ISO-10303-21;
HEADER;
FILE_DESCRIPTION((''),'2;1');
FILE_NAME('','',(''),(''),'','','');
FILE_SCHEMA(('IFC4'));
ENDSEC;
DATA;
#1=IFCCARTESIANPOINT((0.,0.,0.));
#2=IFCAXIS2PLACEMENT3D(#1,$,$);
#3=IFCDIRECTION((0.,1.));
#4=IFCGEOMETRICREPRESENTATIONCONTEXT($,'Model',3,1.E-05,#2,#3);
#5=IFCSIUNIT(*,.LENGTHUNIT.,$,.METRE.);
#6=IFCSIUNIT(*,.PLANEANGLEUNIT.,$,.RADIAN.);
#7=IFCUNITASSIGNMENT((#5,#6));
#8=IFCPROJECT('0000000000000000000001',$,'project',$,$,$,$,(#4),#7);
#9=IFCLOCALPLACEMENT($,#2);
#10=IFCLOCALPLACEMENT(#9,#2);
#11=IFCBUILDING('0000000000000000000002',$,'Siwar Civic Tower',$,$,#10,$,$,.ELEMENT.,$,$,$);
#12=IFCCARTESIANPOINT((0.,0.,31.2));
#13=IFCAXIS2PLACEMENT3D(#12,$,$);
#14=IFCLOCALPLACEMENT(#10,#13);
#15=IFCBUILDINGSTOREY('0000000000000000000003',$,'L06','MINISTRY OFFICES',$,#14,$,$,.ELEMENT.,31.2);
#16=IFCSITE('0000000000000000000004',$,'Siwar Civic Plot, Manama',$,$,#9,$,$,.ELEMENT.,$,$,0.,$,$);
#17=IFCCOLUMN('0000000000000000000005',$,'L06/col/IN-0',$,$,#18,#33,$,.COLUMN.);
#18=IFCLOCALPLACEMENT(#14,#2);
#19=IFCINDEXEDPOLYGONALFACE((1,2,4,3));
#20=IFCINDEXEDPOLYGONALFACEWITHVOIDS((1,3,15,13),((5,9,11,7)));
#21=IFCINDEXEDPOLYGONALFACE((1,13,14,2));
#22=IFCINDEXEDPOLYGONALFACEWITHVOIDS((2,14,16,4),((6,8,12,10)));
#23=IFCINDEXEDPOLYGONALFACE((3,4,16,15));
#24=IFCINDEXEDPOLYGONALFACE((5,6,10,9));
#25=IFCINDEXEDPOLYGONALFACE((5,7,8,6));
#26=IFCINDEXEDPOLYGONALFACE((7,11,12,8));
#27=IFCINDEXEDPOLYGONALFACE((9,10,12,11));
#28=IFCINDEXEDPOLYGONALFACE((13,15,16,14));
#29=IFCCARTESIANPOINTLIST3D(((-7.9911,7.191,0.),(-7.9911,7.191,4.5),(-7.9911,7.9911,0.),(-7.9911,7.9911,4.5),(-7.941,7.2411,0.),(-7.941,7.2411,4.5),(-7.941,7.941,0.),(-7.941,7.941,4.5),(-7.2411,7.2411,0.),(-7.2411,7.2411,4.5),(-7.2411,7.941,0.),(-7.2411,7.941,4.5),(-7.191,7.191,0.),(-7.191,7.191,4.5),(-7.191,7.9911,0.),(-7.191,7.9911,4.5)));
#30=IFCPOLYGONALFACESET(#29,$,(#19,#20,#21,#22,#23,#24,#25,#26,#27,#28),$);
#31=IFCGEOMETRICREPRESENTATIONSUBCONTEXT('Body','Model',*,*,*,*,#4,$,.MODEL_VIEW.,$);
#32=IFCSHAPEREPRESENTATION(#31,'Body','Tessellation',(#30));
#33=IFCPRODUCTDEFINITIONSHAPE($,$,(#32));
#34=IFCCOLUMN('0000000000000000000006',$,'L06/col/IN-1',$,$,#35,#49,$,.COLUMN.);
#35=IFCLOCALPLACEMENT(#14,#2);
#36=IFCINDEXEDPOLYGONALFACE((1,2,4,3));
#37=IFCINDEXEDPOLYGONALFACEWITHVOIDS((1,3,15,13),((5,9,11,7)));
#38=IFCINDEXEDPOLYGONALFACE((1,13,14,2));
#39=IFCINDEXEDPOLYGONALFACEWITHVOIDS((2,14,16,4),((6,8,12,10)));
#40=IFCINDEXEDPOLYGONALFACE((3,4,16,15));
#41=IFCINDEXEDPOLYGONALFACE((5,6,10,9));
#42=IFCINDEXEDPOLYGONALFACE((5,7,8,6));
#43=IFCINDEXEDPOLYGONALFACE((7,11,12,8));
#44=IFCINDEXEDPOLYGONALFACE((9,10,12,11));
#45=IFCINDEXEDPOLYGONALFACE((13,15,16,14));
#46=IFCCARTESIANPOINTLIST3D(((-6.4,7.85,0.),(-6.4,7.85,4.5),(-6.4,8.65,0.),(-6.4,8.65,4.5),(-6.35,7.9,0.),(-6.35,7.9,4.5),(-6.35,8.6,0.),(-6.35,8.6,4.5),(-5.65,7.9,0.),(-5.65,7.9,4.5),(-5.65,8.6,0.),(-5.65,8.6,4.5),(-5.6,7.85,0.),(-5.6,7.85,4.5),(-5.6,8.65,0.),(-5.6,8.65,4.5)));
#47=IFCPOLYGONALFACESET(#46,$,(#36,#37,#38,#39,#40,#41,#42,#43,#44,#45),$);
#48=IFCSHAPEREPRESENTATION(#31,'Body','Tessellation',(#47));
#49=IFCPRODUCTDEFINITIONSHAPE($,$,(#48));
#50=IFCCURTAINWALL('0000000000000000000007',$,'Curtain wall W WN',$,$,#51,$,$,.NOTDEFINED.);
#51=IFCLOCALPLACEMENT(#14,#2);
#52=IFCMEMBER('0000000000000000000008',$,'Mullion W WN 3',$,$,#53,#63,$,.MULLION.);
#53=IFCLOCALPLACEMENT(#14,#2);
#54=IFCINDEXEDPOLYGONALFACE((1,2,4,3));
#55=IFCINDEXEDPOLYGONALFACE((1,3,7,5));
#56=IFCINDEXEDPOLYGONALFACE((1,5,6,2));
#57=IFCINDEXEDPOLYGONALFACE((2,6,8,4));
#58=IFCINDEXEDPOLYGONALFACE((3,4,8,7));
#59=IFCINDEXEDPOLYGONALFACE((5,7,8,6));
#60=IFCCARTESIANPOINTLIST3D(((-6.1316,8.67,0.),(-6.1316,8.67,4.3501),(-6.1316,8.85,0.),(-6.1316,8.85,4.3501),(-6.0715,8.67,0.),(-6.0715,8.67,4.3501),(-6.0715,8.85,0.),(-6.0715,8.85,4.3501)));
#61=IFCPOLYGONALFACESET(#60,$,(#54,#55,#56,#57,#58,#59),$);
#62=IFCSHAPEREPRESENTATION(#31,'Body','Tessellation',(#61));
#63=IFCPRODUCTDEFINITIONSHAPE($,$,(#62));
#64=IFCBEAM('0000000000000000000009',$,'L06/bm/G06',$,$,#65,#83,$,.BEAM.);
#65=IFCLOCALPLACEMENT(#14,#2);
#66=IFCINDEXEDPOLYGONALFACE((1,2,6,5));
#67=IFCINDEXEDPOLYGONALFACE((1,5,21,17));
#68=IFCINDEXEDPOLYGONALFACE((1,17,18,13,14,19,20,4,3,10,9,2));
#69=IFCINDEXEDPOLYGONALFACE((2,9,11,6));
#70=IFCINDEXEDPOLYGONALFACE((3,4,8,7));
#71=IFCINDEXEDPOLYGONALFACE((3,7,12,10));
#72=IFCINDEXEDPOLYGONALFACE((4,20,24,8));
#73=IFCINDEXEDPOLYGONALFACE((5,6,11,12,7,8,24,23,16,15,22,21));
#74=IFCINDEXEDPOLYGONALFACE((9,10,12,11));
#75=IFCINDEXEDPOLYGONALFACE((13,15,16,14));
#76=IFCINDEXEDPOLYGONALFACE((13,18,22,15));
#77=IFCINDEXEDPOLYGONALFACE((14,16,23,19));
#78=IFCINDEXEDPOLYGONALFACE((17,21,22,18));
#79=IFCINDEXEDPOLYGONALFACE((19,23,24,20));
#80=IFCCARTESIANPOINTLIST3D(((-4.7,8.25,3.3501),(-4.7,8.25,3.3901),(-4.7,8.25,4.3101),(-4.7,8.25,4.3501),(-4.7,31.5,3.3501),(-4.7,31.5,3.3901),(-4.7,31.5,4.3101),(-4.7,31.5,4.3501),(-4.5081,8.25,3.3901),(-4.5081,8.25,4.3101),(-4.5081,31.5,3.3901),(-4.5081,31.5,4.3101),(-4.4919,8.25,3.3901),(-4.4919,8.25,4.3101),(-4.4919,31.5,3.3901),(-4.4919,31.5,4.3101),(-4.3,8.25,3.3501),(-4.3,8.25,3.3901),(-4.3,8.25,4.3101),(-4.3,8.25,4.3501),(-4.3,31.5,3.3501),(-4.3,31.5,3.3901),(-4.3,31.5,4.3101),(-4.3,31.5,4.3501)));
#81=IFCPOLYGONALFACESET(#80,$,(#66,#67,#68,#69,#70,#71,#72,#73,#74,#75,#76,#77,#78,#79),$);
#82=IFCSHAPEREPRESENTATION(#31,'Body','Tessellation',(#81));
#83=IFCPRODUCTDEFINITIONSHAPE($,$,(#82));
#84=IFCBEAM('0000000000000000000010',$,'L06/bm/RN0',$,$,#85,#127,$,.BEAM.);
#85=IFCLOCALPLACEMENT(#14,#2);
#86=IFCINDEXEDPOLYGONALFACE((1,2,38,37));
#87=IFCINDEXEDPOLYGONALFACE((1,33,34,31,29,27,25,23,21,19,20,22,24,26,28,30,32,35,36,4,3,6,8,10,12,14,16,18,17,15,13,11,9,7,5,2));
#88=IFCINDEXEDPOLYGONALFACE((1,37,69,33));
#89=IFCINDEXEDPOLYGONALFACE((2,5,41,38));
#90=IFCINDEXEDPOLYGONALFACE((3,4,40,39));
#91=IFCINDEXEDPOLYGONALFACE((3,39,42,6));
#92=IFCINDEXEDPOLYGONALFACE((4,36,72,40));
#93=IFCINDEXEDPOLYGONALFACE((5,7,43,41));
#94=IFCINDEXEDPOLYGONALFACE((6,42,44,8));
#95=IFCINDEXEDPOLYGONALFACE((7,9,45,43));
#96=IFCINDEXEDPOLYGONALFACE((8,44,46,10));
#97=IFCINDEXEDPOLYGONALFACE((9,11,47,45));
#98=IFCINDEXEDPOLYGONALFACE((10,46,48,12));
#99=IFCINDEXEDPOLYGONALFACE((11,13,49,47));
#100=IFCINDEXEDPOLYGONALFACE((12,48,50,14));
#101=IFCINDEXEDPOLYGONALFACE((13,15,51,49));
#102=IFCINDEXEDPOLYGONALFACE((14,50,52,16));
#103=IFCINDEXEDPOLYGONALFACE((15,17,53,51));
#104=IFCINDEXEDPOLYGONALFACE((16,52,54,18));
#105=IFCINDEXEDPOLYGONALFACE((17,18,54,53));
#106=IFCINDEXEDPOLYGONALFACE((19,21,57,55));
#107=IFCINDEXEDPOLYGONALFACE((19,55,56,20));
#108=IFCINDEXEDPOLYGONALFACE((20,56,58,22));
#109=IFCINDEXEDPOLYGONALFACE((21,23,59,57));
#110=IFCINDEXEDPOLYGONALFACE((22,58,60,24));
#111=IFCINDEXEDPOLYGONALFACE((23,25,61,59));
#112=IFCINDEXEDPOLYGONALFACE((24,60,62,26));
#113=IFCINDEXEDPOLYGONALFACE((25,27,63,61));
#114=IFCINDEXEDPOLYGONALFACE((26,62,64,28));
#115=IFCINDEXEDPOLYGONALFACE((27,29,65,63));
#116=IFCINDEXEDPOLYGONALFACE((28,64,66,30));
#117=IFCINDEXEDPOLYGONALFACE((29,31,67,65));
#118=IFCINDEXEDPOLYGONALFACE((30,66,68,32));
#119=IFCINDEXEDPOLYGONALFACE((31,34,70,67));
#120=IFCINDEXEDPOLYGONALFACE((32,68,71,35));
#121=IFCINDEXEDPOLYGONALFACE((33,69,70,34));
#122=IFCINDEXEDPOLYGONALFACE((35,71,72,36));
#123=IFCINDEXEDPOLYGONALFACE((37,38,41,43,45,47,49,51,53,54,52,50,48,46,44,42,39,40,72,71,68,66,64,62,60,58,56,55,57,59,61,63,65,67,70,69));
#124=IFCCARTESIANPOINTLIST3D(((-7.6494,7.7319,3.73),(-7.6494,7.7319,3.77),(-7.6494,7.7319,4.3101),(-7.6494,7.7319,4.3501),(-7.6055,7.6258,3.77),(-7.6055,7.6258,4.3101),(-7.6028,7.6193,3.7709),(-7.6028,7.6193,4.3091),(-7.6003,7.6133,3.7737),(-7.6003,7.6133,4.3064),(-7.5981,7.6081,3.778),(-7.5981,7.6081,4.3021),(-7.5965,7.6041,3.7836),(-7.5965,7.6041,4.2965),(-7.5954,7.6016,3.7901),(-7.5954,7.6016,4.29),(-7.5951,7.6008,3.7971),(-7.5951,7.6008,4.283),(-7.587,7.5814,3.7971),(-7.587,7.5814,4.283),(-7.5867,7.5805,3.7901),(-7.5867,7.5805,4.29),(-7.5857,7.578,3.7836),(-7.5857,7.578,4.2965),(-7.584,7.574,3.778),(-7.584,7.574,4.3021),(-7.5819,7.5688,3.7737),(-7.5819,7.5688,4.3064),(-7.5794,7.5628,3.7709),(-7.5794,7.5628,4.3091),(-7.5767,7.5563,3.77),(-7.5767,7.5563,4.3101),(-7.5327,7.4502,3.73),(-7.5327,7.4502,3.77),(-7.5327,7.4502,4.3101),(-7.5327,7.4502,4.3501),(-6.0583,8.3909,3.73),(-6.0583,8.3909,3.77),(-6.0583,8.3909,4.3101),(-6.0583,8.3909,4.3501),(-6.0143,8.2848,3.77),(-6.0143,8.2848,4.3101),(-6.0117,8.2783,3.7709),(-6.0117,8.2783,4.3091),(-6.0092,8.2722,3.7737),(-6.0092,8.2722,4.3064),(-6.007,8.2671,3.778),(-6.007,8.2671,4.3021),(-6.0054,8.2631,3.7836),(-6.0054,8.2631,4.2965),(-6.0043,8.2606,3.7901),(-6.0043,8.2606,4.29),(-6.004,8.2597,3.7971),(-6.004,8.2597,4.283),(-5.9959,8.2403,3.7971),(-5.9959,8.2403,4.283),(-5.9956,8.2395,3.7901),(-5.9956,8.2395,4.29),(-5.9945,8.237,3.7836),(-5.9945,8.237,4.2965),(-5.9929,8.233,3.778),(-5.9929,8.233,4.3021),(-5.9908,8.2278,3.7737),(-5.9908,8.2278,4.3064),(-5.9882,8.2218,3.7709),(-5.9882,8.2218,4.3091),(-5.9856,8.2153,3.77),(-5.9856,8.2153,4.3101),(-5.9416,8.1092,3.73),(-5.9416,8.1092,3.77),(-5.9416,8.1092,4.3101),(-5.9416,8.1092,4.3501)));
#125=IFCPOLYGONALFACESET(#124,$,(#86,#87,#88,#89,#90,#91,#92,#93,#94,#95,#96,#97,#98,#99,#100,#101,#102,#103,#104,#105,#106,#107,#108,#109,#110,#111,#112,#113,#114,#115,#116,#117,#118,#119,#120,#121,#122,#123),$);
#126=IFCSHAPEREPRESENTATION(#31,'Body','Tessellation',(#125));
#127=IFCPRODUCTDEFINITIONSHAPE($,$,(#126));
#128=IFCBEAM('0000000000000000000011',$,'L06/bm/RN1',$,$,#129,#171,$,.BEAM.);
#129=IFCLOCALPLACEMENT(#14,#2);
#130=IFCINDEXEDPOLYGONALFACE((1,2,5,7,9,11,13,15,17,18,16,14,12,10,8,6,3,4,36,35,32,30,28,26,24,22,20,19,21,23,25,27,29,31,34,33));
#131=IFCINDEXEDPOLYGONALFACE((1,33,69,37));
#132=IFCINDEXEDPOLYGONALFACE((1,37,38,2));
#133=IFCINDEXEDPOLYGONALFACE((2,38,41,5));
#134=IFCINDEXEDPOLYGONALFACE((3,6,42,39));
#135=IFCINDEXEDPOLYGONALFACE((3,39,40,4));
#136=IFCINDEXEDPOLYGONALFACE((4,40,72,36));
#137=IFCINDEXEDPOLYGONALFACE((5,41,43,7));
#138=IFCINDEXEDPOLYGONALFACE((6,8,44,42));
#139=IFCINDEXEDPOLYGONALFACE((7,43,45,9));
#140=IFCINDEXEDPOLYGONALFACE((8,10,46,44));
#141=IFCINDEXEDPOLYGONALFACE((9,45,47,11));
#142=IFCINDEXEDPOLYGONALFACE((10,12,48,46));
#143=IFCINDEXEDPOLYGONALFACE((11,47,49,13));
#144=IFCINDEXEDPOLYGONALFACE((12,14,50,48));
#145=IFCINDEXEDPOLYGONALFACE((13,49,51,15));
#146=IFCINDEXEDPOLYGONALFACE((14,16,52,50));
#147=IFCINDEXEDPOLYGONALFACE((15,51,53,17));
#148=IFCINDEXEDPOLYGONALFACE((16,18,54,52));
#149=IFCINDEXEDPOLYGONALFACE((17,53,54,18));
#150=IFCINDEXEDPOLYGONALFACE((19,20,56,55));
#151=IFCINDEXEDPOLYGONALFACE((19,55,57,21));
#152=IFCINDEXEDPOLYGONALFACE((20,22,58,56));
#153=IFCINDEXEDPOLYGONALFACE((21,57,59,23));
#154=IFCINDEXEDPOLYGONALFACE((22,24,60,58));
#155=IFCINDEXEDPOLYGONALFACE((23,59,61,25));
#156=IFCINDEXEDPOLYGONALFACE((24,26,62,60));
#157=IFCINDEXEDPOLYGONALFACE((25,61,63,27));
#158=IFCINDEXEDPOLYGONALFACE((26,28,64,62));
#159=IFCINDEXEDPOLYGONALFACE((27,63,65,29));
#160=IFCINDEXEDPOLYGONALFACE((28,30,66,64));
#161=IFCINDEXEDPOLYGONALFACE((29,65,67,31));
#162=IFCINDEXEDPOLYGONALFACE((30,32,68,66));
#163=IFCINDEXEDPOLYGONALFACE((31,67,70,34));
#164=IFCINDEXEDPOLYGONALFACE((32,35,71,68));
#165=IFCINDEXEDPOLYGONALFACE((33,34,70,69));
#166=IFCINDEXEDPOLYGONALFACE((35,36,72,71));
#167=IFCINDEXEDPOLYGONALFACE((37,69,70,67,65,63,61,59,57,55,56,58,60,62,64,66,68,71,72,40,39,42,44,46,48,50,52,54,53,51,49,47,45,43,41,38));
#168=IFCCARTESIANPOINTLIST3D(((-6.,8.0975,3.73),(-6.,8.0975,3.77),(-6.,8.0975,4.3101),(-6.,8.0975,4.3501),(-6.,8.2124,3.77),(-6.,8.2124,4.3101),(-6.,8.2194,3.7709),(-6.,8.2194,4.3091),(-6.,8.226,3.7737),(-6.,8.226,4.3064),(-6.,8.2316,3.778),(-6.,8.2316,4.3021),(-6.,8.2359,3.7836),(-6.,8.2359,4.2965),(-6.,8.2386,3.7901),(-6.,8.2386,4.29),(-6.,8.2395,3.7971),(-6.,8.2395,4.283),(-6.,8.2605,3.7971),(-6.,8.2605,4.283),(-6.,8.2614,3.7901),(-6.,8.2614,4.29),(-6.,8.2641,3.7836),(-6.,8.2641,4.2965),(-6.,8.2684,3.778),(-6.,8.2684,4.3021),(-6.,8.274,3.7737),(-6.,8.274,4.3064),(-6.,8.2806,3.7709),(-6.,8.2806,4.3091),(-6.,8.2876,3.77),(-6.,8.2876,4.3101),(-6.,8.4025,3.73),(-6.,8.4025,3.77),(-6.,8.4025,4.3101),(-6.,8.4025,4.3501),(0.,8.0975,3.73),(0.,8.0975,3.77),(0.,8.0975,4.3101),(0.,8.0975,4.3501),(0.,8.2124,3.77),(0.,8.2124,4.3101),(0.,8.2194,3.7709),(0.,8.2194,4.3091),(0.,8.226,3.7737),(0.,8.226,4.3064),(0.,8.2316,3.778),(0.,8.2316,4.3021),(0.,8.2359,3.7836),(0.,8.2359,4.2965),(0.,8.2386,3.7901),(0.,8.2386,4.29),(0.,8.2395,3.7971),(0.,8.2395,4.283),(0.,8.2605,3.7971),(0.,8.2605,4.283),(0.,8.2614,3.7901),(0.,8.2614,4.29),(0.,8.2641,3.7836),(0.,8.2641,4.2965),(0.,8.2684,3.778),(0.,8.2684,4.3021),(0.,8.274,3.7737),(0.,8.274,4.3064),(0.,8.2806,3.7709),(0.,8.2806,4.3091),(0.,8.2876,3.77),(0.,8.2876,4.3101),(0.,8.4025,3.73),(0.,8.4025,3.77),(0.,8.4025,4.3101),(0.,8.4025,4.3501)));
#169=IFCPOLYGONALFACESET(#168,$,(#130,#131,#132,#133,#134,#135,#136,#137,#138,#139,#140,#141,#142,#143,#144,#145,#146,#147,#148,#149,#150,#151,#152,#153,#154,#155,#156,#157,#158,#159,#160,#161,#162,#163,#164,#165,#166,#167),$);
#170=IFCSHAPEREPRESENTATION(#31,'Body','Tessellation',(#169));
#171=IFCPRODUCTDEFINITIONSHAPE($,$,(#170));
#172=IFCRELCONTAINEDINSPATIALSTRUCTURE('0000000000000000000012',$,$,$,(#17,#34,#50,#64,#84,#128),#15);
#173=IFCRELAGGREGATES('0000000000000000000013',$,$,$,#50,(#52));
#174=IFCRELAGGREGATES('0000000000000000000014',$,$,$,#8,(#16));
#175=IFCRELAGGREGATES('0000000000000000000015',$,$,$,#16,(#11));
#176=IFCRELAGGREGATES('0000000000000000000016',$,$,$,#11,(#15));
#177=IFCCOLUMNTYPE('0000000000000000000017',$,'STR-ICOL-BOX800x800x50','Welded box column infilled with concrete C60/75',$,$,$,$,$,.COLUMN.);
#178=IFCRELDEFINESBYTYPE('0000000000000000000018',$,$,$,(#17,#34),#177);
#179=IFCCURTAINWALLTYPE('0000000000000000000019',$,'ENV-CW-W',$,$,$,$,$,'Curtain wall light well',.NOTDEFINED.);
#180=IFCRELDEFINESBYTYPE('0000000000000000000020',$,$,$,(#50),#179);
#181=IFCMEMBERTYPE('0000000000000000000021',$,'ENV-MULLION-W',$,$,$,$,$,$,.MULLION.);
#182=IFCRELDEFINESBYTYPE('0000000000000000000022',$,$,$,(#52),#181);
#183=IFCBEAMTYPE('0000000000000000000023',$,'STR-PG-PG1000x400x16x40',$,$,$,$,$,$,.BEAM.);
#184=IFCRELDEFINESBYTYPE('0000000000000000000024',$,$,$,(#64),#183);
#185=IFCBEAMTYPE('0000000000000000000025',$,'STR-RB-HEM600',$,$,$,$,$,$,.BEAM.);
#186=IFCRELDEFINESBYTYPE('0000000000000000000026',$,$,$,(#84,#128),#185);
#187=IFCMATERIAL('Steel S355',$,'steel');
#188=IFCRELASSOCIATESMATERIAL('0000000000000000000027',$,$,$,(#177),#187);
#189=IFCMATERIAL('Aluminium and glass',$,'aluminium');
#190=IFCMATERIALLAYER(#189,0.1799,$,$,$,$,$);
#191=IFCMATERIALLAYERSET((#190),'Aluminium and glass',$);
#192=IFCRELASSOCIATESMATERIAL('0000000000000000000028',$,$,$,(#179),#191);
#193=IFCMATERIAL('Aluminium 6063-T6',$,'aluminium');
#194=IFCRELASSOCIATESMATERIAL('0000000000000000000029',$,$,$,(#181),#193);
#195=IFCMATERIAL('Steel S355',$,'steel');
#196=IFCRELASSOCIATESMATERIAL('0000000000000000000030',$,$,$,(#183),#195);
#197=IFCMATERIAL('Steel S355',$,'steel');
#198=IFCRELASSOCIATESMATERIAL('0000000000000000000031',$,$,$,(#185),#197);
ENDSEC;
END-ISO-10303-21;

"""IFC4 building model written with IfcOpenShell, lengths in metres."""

from ifc_helpers import new_model, si_unit, direction, frame, origin, origin_2d, place, context, subcontext, project, spatial, rectangle, hollow_rectangle, i_section, extrude, material, layer, layer_set, material_profile, profile_set, type_object, element, aggregate, save


model = new_model("IFC4")

# Units and contexts
model_context = context("Model", 3, precision=1e-05, world=origin(), true_north=direction((0.0, 1.0)))
body_context = subcontext(model_context, "Body", "Model", "MODEL_VIEW")
ifc_project = project(units=[si_unit("LENGTHUNIT", "METRE"), si_unit("PLANEANGLEUNIT", "RADIAN")], contexts=[model_context])

# Site, building, storey
site_placement = place(None, origin())
site = spatial("IfcSite", under=ifc_project, at=site_placement, Name="Siwar Civic Plot, Manama", CompositionType="ELEMENT", RefElevation=0.0)
building_placement = place(site_placement, origin())
building = spatial("IfcBuilding", under=site, at=building_placement, Name="Siwar Civic Tower", CompositionType="ELEMENT")
storey_placement = place(building_placement, frame((0.0, 0.0, 31.2)))
storey = spatial("IfcBuildingStorey", under=building, at=storey_placement, Name="L06", Description="MINISTRY OFFICES", CompositionType="ELEMENT", Elevation=31.2)

# Columns
ifc_material_1 = material(Name="Steel S355", Category="steel")
ifc_material_profile_1 = material_profile(ifc_material_1, hollow_rectangle(XDim=0.8, YDim=0.8, WallThickness=0.05, at=origin_2d()), Name="BOX800x800x50")
ifc_profile_set_1 = profile_set([ifc_material_profile_1], Name="Steel S355")
column_type = type_object("IfcColumnType", Name="STR-ICOL-BOX800x800x50", Description="Welded box column infilled with concrete C60/75", PredefinedType="COLUMN", material=ifc_profile_set_1)
for number, where, z_axis, x_axis, name in (
    (1, (-7.5911, 7.5911, 0.0), (0.0, 0.0, 1.0), (1.0, 0.0, 0.0), "L06/col/IN-0"),
    (2, (-6.0, 8.25, 0.0), (0.0, 0.0, 1.0), (1.0, 0.0, 0.0), "L06/col/IN-1"),
):
    element("IfcColumn", number, at=place(storey_placement, frame(where, z_axis=z_axis, x_axis=x_axis)), inside=storey, type_object=column_type, Name=name, PredefinedType="COLUMN", context=body_context, shape_type="SweptSolid", body=[
        extrude(hollow_rectangle(XDim=0.8, YDim=0.8, WallThickness=0.05, at=origin_2d()), origin(), (0.0, 0.0, 1.0), 4.5),
    ])

# Curtain wall, member
ifc_material_2 = material(Name="Aluminium and glass", Category="aluminium")
ifc_layer_1 = layer(ifc_material_2, 0.1799)
ifc_layer_set_1 = layer_set([ifc_layer_1], Name="Aluminium and glass")
curtain_wall_type = type_object("IfcCurtainWallType", Name="ENV-CW-W", ElementType="Curtain wall light well", PredefinedType="NOTDEFINED", material=ifc_layer_set_1)
curtain_wall_placement = place(storey_placement, origin())
curtain_wall = element("IfcCurtainWall", 3, at=curtain_wall_placement, inside=storey, type_object=curtain_wall_type, Name="Curtain wall W WN", PredefinedType="NOTDEFINED")
ifc_material_3 = material(Name="Aluminium 6063-T6", Category="aluminium")
ifc_material_profile_2 = material_profile(ifc_material_3, rectangle(XDim=0.1799, YDim=0.0601, at=origin_2d()), Name="AL 180x60")
ifc_profile_set_2 = profile_set([ifc_material_profile_2], Name="Aluminium 6063-T6")
member_type = type_object("IfcMemberType", Name="ENV-MULLION-W", PredefinedType="MULLION", material=ifc_profile_set_2)
member_placement = place(storey_placement, frame((-6.1016, 8.76, 0.0), z_axis=(0.0, 0.0, 1.0), x_axis=(0.0, -1.0, 0.0)))
member = element("IfcMember", 4, at=member_placement, type_object=member_type, Name="Mullion W WN 3", PredefinedType="MULLION", context=body_context, shape_type="SweptSolid", body=[
    extrude(rectangle(XDim=0.1799, YDim=0.0601, at=origin_2d()), origin(), (0.0, 0.0, 1.0), 4.3501),
])
aggregate(curtain_wall, [member])

# Beams
ifc_material_4 = material(Name="Steel S355", Category="steel")
ifc_material_profile_3 = material_profile(ifc_material_4, i_section(OverallWidth=0.3999, OverallDepth=1.0, WebThickness=0.0161, FlangeThickness=0.04, at=origin_2d()), Name="PG1000x400x16x40")
ifc_profile_set_3 = profile_set([ifc_material_profile_3], Name="Steel S355")
beam_type_1 = type_object("IfcBeamType", Name="STR-PG-PG1000x400x16x40", PredefinedType="BEAM", material=ifc_profile_set_3)
beam_1_placement = place(storey_placement, frame((-4.5, 8.25, 3.8501), z_axis=(0.0, 1.0, 0.0), x_axis=(-1.0, 0.0, 0.0)))
element("IfcBeam", 5, at=beam_1_placement, inside=storey, type_object=beam_type_1, Name="L06/bm/G06", PredefinedType="BEAM", context=body_context, shape_type="SweptSolid", body=[
    extrude(i_section(OverallWidth=0.3999, OverallDepth=1.0, WebThickness=0.0161, FlangeThickness=0.04, at=origin_2d()), origin(), (0.0, 0.0, 1.0), 23.25),
])
ifc_material_5 = material(Name="Steel S355", Category="steel")
ifc_material_profile_4 = material_profile(ifc_material_5, i_section(OverallWidth=0.3049, OverallDepth=0.6201, WebThickness=0.021, FlangeThickness=0.04, FilletRadius=0.0271, at=origin_2d()), Name="HEM600")
ifc_profile_set_4 = profile_set([ifc_material_profile_4], Name="Steel S355")
beam_type_2 = type_object("IfcBeamType", Name="STR-RB-HEM600", PredefinedType="BEAM", material=ifc_profile_set_4)
beam_2_placement = place(storey_placement, frame((-7.5911, 7.5911, 4.04), z_axis=(0.923901, 0.382631, 0.0), x_axis=(-0.382631, 0.923901, 0.0)))
element("IfcBeam", 6, at=beam_2_placement, inside=storey, type_object=beam_type_2, Name="L06/bm/RN0", PredefinedType="BEAM", context=body_context, shape_type="SweptSolid", body=[
    extrude(i_section(OverallWidth=0.3049, OverallDepth=0.6201, WebThickness=0.021, FlangeThickness=0.04, FilletRadius=0.0271, at=origin_2d()), origin(), (0.0, 0.0, 1.0), 1.7222),
])
beam_3_placement = place(storey_placement, frame((-6.0, 8.25, 4.04), z_axis=(1.0, 0.0, 0.0), x_axis=(0.0, 1.0, 0.0)))
element("IfcBeam", 7, at=beam_3_placement, inside=storey, type_object=beam_type_2, Name="L06/bm/RN1", PredefinedType="BEAM", context=body_context, shape_type="SweptSolid", body=[
    extrude(i_section(OverallWidth=0.3049, OverallDepth=0.6201, WebThickness=0.021, FlangeThickness=0.04, FilletRadius=0.0271, at=origin_2d()), origin(), (0.0, 0.0, 1.0), 6.0),
])

save(model, "model.ifc")
